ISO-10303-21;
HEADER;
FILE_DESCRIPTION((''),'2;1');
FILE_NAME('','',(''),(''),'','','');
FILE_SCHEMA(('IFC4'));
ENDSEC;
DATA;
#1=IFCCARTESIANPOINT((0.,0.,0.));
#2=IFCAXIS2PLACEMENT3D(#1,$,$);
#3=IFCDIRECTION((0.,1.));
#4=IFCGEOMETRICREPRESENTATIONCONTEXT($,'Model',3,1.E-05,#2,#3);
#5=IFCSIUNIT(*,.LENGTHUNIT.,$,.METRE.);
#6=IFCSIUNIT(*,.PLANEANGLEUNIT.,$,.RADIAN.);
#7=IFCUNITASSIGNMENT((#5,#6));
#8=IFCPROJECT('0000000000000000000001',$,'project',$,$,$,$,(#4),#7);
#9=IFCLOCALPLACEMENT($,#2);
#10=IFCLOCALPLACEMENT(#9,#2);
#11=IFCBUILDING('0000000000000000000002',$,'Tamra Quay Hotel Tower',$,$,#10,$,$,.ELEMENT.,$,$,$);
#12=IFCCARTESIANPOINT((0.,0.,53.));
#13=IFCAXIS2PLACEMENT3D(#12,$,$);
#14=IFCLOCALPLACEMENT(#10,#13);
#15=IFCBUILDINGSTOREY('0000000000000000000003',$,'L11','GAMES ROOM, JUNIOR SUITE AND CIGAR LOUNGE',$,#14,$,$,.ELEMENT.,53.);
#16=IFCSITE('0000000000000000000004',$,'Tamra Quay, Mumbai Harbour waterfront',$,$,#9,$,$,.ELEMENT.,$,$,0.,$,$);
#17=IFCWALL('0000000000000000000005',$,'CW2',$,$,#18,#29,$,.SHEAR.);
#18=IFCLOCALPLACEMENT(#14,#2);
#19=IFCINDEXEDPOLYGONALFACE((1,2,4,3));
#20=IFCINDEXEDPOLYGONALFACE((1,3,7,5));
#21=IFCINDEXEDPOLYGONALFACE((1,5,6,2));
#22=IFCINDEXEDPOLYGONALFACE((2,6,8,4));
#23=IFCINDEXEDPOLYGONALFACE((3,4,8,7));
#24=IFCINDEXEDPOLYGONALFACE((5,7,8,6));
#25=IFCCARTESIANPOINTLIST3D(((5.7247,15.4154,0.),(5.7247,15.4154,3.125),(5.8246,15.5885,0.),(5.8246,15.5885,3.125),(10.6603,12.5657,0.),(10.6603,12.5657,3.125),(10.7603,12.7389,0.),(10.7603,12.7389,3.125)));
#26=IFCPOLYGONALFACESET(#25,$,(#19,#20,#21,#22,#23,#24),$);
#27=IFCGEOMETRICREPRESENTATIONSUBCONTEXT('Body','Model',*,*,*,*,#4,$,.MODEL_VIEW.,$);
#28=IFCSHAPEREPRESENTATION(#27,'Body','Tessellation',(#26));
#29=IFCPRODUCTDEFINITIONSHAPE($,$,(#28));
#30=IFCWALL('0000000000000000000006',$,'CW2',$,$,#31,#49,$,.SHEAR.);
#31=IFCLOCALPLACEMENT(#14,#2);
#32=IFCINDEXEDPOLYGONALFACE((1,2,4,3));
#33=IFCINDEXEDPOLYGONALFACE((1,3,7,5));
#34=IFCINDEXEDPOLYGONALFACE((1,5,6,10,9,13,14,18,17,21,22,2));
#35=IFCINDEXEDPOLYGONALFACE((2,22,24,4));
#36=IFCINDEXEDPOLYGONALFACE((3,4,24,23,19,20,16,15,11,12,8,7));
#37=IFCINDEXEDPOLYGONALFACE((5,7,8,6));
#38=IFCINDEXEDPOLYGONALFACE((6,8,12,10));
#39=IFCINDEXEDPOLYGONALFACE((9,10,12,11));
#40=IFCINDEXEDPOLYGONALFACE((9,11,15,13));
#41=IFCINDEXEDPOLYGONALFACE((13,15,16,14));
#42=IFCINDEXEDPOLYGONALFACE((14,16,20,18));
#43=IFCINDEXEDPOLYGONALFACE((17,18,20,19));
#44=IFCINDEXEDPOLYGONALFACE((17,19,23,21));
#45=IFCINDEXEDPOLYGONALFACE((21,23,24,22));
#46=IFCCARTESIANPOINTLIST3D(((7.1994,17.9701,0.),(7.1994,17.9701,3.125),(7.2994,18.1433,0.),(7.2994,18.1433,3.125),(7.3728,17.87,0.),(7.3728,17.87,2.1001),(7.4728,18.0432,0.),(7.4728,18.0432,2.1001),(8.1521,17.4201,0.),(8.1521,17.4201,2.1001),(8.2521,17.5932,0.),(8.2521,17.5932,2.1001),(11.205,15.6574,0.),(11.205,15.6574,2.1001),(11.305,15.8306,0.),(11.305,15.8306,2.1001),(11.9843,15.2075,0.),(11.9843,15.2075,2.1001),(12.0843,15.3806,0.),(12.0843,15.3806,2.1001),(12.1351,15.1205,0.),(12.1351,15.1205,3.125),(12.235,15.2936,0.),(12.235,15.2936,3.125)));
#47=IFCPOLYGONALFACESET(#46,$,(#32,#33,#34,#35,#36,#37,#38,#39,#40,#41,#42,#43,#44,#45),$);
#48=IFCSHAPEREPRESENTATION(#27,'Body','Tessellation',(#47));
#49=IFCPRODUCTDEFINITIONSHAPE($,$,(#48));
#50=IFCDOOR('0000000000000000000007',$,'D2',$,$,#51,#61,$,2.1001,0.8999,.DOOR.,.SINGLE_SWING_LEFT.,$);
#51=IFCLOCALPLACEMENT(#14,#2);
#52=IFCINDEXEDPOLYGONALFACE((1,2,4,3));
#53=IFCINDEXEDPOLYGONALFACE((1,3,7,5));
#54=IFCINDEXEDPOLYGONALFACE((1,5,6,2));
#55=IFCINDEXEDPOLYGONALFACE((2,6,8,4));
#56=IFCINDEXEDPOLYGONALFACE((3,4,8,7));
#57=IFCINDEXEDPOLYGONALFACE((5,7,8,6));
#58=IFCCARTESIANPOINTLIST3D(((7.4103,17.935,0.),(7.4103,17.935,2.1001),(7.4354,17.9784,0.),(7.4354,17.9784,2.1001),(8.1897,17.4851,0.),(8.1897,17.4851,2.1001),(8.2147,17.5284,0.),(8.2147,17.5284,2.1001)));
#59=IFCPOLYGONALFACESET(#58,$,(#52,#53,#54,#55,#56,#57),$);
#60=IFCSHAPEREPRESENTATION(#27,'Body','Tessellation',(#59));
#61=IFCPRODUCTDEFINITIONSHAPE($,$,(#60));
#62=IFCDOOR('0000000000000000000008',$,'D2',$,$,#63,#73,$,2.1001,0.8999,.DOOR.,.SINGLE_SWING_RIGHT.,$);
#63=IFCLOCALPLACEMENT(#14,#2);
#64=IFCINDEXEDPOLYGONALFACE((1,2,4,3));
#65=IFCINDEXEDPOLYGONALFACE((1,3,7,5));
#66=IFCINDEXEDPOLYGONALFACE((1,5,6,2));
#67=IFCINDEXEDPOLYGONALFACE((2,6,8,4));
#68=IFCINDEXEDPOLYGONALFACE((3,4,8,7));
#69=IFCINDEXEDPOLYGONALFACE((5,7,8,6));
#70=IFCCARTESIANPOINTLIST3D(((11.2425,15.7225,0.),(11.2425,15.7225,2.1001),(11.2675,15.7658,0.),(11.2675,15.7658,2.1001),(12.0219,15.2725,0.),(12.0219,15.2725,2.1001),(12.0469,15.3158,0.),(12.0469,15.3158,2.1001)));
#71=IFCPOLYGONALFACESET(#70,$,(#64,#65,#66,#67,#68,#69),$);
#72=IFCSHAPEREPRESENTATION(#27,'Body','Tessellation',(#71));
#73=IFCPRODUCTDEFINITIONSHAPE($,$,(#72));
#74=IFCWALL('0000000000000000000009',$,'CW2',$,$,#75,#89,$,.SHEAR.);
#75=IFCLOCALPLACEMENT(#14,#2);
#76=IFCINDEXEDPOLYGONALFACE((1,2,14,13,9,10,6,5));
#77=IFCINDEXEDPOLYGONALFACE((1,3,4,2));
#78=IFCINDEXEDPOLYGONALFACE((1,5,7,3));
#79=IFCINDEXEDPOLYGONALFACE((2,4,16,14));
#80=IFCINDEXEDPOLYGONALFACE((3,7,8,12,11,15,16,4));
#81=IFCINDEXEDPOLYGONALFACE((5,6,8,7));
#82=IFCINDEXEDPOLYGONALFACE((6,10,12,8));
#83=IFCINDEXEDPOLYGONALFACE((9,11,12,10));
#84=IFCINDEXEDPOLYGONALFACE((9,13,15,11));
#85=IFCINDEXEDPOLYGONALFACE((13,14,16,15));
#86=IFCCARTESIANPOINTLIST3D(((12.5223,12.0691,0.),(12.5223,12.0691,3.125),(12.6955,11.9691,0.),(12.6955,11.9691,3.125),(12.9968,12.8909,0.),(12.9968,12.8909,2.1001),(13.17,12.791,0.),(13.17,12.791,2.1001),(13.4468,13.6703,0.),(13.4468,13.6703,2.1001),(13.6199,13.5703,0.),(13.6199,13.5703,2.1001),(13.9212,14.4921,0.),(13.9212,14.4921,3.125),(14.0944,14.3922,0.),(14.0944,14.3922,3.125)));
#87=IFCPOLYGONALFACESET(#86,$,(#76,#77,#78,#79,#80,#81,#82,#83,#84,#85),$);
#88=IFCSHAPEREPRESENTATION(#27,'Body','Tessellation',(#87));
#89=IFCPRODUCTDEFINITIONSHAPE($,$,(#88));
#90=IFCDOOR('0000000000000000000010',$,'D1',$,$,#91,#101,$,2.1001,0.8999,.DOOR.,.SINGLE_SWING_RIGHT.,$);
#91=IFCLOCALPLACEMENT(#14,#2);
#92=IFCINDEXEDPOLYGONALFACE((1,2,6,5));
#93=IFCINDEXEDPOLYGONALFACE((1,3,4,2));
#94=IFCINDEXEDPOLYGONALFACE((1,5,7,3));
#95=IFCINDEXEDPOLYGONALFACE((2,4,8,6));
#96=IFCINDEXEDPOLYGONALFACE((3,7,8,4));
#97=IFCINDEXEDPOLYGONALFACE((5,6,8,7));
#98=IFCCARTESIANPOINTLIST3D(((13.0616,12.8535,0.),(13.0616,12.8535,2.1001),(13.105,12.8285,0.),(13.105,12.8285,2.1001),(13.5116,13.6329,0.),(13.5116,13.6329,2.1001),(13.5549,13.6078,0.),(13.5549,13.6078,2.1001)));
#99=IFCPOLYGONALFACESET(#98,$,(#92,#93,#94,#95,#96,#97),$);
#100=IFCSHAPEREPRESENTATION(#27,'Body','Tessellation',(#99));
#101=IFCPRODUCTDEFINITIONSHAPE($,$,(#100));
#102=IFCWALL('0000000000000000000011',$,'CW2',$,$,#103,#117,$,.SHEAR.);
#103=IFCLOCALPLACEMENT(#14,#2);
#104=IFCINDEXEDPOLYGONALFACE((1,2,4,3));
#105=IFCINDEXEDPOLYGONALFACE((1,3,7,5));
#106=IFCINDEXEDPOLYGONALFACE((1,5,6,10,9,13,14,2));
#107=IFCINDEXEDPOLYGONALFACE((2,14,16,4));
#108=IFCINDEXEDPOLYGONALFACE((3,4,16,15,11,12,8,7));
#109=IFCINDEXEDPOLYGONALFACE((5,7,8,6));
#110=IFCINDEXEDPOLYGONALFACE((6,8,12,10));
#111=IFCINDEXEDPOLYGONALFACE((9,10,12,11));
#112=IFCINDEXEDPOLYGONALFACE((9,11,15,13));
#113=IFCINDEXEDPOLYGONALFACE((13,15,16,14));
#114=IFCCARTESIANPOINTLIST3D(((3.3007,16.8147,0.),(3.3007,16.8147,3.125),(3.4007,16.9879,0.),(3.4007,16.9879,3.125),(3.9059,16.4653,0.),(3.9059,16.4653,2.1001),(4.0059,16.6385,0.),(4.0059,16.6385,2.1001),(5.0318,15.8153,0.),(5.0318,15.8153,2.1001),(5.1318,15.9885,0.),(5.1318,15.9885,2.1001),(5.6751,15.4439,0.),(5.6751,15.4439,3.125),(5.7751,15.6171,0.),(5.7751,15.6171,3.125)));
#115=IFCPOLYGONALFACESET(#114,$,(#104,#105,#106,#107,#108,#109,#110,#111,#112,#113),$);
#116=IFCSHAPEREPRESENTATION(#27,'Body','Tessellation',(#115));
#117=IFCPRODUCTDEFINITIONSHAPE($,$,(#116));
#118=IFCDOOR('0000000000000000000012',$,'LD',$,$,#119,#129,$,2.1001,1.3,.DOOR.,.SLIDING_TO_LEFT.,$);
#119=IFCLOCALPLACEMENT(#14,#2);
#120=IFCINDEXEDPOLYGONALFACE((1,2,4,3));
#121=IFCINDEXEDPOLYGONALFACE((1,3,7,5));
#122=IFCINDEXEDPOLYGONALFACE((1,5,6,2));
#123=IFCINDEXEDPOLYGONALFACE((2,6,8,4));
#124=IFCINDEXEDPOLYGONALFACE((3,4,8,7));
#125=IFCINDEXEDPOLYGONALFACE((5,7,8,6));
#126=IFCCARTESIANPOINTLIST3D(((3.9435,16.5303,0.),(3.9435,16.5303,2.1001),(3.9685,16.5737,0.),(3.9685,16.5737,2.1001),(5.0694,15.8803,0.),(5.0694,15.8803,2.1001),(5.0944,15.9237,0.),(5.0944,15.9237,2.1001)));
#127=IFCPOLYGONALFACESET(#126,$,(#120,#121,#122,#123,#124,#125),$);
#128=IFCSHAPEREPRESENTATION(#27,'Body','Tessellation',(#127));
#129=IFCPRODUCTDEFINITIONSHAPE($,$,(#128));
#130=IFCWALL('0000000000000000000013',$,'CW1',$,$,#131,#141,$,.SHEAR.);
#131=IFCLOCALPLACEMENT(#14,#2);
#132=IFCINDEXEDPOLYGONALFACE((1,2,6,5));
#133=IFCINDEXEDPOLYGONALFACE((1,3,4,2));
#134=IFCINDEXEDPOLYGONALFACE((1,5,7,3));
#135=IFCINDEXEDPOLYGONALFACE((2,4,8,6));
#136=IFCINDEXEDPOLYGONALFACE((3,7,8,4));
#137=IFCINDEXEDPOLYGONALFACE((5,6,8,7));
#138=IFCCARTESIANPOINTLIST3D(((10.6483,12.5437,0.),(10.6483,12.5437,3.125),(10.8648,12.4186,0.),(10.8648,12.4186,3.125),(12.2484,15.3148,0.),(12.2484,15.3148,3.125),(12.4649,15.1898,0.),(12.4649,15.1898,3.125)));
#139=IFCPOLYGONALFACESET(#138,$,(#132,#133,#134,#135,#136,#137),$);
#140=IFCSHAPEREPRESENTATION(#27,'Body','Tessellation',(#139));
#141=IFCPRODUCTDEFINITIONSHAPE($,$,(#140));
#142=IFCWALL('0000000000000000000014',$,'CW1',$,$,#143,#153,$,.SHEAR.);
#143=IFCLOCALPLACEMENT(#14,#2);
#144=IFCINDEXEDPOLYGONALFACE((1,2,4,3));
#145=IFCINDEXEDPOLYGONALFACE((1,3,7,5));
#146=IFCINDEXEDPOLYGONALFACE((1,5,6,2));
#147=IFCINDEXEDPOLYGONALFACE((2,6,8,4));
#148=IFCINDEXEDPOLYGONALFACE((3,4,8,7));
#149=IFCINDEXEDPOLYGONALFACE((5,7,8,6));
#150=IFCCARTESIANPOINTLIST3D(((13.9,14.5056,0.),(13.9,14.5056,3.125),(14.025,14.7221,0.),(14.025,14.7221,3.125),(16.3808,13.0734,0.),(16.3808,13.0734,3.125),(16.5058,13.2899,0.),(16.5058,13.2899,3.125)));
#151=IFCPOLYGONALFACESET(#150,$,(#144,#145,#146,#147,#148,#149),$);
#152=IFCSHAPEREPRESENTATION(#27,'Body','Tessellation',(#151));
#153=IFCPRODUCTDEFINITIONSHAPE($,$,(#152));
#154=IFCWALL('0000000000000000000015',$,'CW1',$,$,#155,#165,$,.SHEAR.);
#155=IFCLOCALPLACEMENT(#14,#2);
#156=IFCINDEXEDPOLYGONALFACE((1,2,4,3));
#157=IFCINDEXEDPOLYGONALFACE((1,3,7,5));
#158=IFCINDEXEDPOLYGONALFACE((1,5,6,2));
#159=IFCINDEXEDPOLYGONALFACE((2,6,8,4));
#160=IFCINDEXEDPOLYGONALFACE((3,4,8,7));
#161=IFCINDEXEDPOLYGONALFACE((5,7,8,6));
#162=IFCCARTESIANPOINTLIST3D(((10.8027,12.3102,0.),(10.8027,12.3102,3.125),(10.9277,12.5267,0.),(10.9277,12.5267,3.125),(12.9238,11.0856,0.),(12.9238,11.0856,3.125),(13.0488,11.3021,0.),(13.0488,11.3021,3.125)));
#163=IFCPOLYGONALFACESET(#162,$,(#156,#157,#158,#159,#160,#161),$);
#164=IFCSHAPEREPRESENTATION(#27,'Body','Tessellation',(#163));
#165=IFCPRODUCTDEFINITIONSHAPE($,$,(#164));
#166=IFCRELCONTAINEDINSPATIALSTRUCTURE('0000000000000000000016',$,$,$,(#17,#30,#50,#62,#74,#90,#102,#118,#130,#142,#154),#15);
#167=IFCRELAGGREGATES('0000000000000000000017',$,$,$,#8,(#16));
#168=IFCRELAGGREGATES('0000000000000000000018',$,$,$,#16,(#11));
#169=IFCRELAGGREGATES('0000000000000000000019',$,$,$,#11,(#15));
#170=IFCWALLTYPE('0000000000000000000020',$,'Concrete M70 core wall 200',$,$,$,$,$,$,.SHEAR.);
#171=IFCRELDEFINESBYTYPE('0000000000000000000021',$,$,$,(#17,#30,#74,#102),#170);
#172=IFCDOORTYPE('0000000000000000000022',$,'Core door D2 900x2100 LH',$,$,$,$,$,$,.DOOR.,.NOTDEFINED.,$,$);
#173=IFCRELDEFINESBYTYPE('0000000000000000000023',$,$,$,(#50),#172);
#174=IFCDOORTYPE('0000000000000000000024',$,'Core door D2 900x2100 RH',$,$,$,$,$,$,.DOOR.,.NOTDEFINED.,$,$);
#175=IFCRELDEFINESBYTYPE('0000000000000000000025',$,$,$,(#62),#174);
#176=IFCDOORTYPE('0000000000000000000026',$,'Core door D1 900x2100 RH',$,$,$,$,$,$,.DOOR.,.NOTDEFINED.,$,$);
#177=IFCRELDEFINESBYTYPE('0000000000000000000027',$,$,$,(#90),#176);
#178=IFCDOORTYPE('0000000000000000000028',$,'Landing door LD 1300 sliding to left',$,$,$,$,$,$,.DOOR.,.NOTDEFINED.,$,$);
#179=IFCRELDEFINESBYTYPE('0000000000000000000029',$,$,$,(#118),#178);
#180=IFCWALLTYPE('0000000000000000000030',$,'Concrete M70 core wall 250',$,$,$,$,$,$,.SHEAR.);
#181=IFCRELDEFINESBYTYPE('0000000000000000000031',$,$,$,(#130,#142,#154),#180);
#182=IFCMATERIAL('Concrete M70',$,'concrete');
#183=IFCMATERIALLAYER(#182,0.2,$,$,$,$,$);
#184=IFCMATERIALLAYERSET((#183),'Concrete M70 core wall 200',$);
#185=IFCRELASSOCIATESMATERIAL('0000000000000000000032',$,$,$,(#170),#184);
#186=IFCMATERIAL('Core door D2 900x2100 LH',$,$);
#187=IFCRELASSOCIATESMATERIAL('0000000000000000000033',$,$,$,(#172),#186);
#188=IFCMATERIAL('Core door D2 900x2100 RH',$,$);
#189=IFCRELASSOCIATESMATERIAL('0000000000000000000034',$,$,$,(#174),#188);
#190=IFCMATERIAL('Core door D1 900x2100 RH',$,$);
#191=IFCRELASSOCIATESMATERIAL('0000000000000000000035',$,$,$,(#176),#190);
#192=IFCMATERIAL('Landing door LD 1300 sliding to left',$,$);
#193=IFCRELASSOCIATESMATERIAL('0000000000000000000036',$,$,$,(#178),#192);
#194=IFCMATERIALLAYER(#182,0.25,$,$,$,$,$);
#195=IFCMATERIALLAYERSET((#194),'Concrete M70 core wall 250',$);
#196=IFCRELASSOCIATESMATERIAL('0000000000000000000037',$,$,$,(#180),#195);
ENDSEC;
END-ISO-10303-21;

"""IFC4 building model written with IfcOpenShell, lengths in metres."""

from ifc_helpers import new_model, si_unit, direction, frame, frame_2d, origin, place, context, subcontext, project, spatial, rectangle, extrude, material, layer, layer_set, type_object, element, fill, save


model = new_model("IFC4")

# Units and contexts
model_context = context("Model", 3, precision=1e-05, world=origin(), true_north=direction((0.0, 1.0)))
body_context = subcontext(model_context, "Body", "Model", "MODEL_VIEW")
ifc_project = project(units=[si_unit("LENGTHUNIT", "METRE"), si_unit("PLANEANGLEUNIT", "RADIAN")], contexts=[model_context])

# Site, building, storey
site_placement = place(None, origin())
site = spatial("IfcSite", under=ifc_project, at=site_placement, Name="Tamra Quay, Mumbai Harbour waterfront", CompositionType="ELEMENT", RefElevation=0.0)
building_placement = place(site_placement, origin())
building = spatial("IfcBuilding", under=site, at=building_placement, Name="Tamra Quay Hotel Tower", CompositionType="ELEMENT")
storey_placement = place(building_placement, frame((0.0, 0.0, 53.0)))
storey = spatial("IfcBuildingStorey", under=building, at=storey_placement, Name="L11", Description="GAMES ROOM, JUNIOR SUITE AND CIGAR LOUNGE", CompositionType="ELEMENT", Elevation=53.0)

# Wall
ifc_material_1 = material(Name="Concrete M70", Category="concrete")
ifc_layer_1 = layer(ifc_material_1, 0.2)
ifc_layer_set_1 = layer_set([ifc_layer_1], Name="Concrete M70 core wall 200")
wall_type_1 = type_object("IfcWallType", Name="Concrete M70 core wall 200", PredefinedType="SHEAR", material=ifc_layer_set_1)
wall_1_placement = place(storey_placement, frame((5.7747, 15.502, 0.0), z_axis=(0.0, 0.0, 1.0), x_axis=(0.86602, -0.500009, 0.0)))
element("IfcWall", 1, at=wall_1_placement, inside=storey, type_object=wall_type_1, Name="CW2", PredefinedType="SHEAR", context=body_context, shape_type="SweptSolid", body=[
    extrude(rectangle(XDim=5.6992, YDim=0.2, at=frame_2d((2.8496, 0.0))), origin(), (0.0, 0.0, 1.0), 3.125),
])

# Wall, openings, doors
wall_2_placement = place(storey_placement, frame((12.1851, 15.207, 0.0), z_axis=(0.0, 0.0, 1.0), x_axis=(-0.86602, 0.500009, 0.0)))
wall_2 = element("IfcWall", 2, at=wall_2_placement, inside=storey, type_object=wall_type_1, Name="CW2", PredefinedType="SHEAR", context=body_context, shape_type="SweptSolid", body=[
    extrude(rectangle(XDim=5.6992, YDim=0.2, at=frame_2d((2.8496, 0.0))), origin(), (0.0, 0.0, 1.0), 3.125),
])
opening_1_placement = place(wall_2_placement, frame((0.1741, 0.0, 0.0)))
opening_1 = element("IfcOpeningElement", 3, at=opening_1_placement, cuts=wall_2, PredefinedType="OPENING", context=body_context, shape_type="SweptSolid", body=[
    extrude(rectangle(XDim=0.8999, YDim=2.1001, at=frame_2d((0.45, 1.05))), frame((0.0, 0.1099, 0.0), z_axis=(0.0, -1.0, 0.0), x_axis=(1.0, 0.0, 0.0)), (0.0, 0.0, 1.0), 0.22),
])
opening_2_placement = place(wall_2_placement, frame((4.5991, 0.0, 0.0)))
opening_2 = element("IfcOpeningElement", 4, at=opening_2_placement, cuts=wall_2, PredefinedType="OPENING", context=body_context, shape_type="SweptSolid", body=[
    extrude(rectangle(XDim=0.8999, YDim=2.1001, at=frame_2d((0.45, 1.05))), frame((0.0, 0.1099, 0.0), z_axis=(0.0, -1.0, 0.0), x_axis=(1.0, 0.0, 0.0)), (0.0, 0.0, 1.0), 0.22),
])
ifc_material_2 = material(Name="Core door D2 900x2100 LH")
door_type_1 = type_object("IfcDoorType", Name="Core door D2 900x2100 LH", OperationType="NOTDEFINED", PredefinedType="DOOR", material=ifc_material_2)
door_1_placement = place(opening_2_placement, origin())
door_1 = element("IfcDoor", 5, at=door_1_placement, inside=storey, type_object=door_type_1, Name="D2", OperationType="SINGLE_SWING_LEFT", OverallHeight=2.1001, OverallWidth=0.8999, PredefinedType="DOOR", context=body_context, shape_type="SweptSolid", body=[
    extrude(rectangle(XDim=0.8999, YDim=2.1001, at=frame_2d((0.45, 1.05))), frame((0.0, 0.0249, 0.0), z_axis=(0.0, -1.0, 0.0), x_axis=(1.0, 0.0, 0.0)), (0.0, 0.0, 1.0), 0.05),
])
fill(opening_2, door_1)
ifc_material_3 = material(Name="Core door D2 900x2100 RH")
door_type_2 = type_object("IfcDoorType", Name="Core door D2 900x2100 RH", OperationType="NOTDEFINED", PredefinedType="DOOR", material=ifc_material_3)
door_2_placement = place(opening_1_placement, origin())
door_2 = element("IfcDoor", 6, at=door_2_placement, inside=storey, type_object=door_type_2, Name="D2", OperationType="SINGLE_SWING_RIGHT", OverallHeight=2.1001, OverallWidth=0.8999, PredefinedType="DOOR", context=body_context, shape_type="SweptSolid", body=[
    extrude(rectangle(XDim=0.8999, YDim=2.1001, at=frame_2d((0.45, 1.05))), frame((0.0, 0.0249, 0.0), z_axis=(0.0, -1.0, 0.0), x_axis=(1.0, 0.0, 0.0)), (0.0, 0.0, 1.0), 0.05),
])
fill(opening_1, door_2)

# Walls, openings, doors
wall_3_placement = place(storey_placement, frame((14.0078, 14.4421, 0.0), z_axis=(0.0, 0.0, 1.0), x_axis=(-0.499987, -0.866033, 0.0)))
wall_3 = element("IfcWall", 7, at=wall_3_placement, inside=storey, type_object=wall_type_1, Name="CW2", PredefinedType="SHEAR", context=body_context, shape_type="SweptSolid", body=[
    extrude(rectangle(XDim=2.7979, YDim=0.2, at=frame_2d((1.3989, 0.0))), origin(), (0.0, 0.0, 1.0), 3.125),
])
opening_3_placement = place(wall_3_placement, frame((0.949, 0.0, 0.0)))
opening_3 = element("IfcOpeningElement", 8, at=opening_3_placement, cuts=wall_3, PredefinedType="OPENING", context=body_context, shape_type="SweptSolid", body=[
    extrude(rectangle(XDim=0.8999, YDim=2.1001, at=frame_2d((0.45, 1.05))), frame((0.0, 0.1099, 0.0), z_axis=(0.0, -1.0, 0.0), x_axis=(1.0, 0.0, 0.0)), (0.0, 0.0, 1.0), 0.22),
])
ifc_material_4 = material(Name="Core door D1 900x2100 RH")
door_type_3 = type_object("IfcDoorType", Name="Core door D1 900x2100 RH", OperationType="NOTDEFINED", PredefinedType="DOOR", material=ifc_material_4)
door_3_placement = place(opening_3_placement, origin())
door_3 = element("IfcDoor", 9, at=door_3_placement, inside=storey, type_object=door_type_3, Name="D1", OperationType="SINGLE_SWING_RIGHT", OverallHeight=2.1001, OverallWidth=0.8999, PredefinedType="DOOR", context=body_context, shape_type="SweptSolid", body=[
    extrude(rectangle(XDim=0.8999, YDim=2.1001, at=frame_2d((0.45, 1.05))), frame((0.0, 0.0249, 0.0), z_axis=(0.0, -1.0, 0.0), x_axis=(1.0, 0.0, 0.0)), (0.0, 0.0, 1.0), 0.05),
])
fill(opening_3, door_3)
wall_4_placement = place(storey_placement, frame((5.7251, 15.5305, 0.0), z_axis=(0.0, 0.0, 1.0), x_axis=(-0.866037, 0.499979, 0.0)))
wall_4 = element("IfcWall", 10, at=wall_4_placement, inside=storey, type_object=wall_type_1, Name="CW2", PredefinedType="SHEAR", context=body_context, shape_type="SweptSolid", body=[
    extrude(rectangle(XDim=2.7417, YDim=0.2, at=frame_2d((1.3708, 0.0))), origin(), (0.0, 0.0, 1.0), 3.125),
])
opening_4_placement = place(wall_4_placement, frame((0.7429, 0.0, 0.0)))
opening_4 = element("IfcOpeningElement", 11, at=opening_4_placement, cuts=wall_4, PredefinedType="OPENING", context=body_context, shape_type="SweptSolid", body=[
    extrude(rectangle(XDim=1.3, YDim=2.1001, at=frame_2d((0.6499, 1.05))), frame((0.0, 0.1099, 0.0), z_axis=(0.0, -1.0, 0.0), x_axis=(1.0, 0.0, 0.0)), (0.0, 0.0, 1.0), 0.22),
])
ifc_material_5 = material(Name="Landing door LD 1300 sliding to left")
door_type_4 = type_object("IfcDoorType", Name="Landing door LD 1300 sliding to left", OperationType="NOTDEFINED", PredefinedType="DOOR", material=ifc_material_5)
door_4_placement = place(opening_4_placement, origin())
door_4 = element("IfcDoor", 12, at=door_4_placement, inside=storey, type_object=door_type_4, Name="LD", OperationType="SLIDING_TO_LEFT", OverallHeight=2.1001, OverallWidth=1.3, PredefinedType="DOOR", context=body_context, shape_type="SweptSolid", body=[
    extrude(rectangle(XDim=1.3, YDim=2.1001, at=frame_2d((0.6499, 1.05))), frame((0.0, 0.0249, 0.0), z_axis=(0.0, -1.0, 0.0), x_axis=(1.0, 0.0, 0.0)), (0.0, 0.0, 1.0), 0.05),
])
fill(opening_4, door_4)

# Walls
ifc_layer_2 = layer(ifc_material_1, 0.25)
ifc_layer_set_2 = layer_set([ifc_layer_2], Name="Concrete M70 core wall 250")
wall_type_2 = type_object("IfcWallType", Name="Concrete M70 core wall 250", PredefinedType="SHEAR", material=ifc_layer_set_2)
wall_5_placement = place(storey_placement, frame((12.3567, 15.2524, 0.0), z_axis=(0.0, 0.0, 1.0), x_axis=(-0.500028, -0.866009, 0.0)))
element("IfcWall", 13, at=wall_5_placement, inside=storey, type_object=wall_type_2, Name="CW1", PredefinedType="SHEAR", context=body_context, shape_type="SweptSolid", body=[
    extrude(rectangle(XDim=3.2, YDim=0.25, at=frame_2d((1.6001, 0.0))), origin(), (0.0, 0.0, 1.0), 3.125),
])
wall_6_placement = place(storey_placement, frame((13.9626, 14.6138, 0.0), z_axis=(0.0, 0.0, 1.0), x_axis=(0.866042, -0.499971, 0.0)))
element("IfcWall", 14, at=wall_6_placement, inside=storey, type_object=wall_type_2, Name="CW1", PredefinedType="SHEAR", context=body_context, shape_type="SweptSolid", body=[
    extrude(rectangle(XDim=2.8645, YDim=0.25, at=frame_2d((1.4321, 0.0))), origin(), (0.0, 0.0, 1.0), 3.125),
])
wall_7_placement = place(storey_placement, frame((10.8652, 12.4185, 0.0), z_axis=(0.0, 0.0, 1.0), x_axis=(0.866026, -0.499999, 0.0)))
element("IfcWall", 15, at=wall_7_placement, inside=storey, type_object=wall_type_2, Name="CW1", PredefinedType="SHEAR", context=body_context, shape_type="SweptSolid", body=[
    extrude(rectangle(XDim=2.4492, YDim=0.25, at=frame_2d((1.2246, 0.0))), origin(), (0.0, 0.0, 1.0), 3.125),
])

save(model, "model.ifc")
